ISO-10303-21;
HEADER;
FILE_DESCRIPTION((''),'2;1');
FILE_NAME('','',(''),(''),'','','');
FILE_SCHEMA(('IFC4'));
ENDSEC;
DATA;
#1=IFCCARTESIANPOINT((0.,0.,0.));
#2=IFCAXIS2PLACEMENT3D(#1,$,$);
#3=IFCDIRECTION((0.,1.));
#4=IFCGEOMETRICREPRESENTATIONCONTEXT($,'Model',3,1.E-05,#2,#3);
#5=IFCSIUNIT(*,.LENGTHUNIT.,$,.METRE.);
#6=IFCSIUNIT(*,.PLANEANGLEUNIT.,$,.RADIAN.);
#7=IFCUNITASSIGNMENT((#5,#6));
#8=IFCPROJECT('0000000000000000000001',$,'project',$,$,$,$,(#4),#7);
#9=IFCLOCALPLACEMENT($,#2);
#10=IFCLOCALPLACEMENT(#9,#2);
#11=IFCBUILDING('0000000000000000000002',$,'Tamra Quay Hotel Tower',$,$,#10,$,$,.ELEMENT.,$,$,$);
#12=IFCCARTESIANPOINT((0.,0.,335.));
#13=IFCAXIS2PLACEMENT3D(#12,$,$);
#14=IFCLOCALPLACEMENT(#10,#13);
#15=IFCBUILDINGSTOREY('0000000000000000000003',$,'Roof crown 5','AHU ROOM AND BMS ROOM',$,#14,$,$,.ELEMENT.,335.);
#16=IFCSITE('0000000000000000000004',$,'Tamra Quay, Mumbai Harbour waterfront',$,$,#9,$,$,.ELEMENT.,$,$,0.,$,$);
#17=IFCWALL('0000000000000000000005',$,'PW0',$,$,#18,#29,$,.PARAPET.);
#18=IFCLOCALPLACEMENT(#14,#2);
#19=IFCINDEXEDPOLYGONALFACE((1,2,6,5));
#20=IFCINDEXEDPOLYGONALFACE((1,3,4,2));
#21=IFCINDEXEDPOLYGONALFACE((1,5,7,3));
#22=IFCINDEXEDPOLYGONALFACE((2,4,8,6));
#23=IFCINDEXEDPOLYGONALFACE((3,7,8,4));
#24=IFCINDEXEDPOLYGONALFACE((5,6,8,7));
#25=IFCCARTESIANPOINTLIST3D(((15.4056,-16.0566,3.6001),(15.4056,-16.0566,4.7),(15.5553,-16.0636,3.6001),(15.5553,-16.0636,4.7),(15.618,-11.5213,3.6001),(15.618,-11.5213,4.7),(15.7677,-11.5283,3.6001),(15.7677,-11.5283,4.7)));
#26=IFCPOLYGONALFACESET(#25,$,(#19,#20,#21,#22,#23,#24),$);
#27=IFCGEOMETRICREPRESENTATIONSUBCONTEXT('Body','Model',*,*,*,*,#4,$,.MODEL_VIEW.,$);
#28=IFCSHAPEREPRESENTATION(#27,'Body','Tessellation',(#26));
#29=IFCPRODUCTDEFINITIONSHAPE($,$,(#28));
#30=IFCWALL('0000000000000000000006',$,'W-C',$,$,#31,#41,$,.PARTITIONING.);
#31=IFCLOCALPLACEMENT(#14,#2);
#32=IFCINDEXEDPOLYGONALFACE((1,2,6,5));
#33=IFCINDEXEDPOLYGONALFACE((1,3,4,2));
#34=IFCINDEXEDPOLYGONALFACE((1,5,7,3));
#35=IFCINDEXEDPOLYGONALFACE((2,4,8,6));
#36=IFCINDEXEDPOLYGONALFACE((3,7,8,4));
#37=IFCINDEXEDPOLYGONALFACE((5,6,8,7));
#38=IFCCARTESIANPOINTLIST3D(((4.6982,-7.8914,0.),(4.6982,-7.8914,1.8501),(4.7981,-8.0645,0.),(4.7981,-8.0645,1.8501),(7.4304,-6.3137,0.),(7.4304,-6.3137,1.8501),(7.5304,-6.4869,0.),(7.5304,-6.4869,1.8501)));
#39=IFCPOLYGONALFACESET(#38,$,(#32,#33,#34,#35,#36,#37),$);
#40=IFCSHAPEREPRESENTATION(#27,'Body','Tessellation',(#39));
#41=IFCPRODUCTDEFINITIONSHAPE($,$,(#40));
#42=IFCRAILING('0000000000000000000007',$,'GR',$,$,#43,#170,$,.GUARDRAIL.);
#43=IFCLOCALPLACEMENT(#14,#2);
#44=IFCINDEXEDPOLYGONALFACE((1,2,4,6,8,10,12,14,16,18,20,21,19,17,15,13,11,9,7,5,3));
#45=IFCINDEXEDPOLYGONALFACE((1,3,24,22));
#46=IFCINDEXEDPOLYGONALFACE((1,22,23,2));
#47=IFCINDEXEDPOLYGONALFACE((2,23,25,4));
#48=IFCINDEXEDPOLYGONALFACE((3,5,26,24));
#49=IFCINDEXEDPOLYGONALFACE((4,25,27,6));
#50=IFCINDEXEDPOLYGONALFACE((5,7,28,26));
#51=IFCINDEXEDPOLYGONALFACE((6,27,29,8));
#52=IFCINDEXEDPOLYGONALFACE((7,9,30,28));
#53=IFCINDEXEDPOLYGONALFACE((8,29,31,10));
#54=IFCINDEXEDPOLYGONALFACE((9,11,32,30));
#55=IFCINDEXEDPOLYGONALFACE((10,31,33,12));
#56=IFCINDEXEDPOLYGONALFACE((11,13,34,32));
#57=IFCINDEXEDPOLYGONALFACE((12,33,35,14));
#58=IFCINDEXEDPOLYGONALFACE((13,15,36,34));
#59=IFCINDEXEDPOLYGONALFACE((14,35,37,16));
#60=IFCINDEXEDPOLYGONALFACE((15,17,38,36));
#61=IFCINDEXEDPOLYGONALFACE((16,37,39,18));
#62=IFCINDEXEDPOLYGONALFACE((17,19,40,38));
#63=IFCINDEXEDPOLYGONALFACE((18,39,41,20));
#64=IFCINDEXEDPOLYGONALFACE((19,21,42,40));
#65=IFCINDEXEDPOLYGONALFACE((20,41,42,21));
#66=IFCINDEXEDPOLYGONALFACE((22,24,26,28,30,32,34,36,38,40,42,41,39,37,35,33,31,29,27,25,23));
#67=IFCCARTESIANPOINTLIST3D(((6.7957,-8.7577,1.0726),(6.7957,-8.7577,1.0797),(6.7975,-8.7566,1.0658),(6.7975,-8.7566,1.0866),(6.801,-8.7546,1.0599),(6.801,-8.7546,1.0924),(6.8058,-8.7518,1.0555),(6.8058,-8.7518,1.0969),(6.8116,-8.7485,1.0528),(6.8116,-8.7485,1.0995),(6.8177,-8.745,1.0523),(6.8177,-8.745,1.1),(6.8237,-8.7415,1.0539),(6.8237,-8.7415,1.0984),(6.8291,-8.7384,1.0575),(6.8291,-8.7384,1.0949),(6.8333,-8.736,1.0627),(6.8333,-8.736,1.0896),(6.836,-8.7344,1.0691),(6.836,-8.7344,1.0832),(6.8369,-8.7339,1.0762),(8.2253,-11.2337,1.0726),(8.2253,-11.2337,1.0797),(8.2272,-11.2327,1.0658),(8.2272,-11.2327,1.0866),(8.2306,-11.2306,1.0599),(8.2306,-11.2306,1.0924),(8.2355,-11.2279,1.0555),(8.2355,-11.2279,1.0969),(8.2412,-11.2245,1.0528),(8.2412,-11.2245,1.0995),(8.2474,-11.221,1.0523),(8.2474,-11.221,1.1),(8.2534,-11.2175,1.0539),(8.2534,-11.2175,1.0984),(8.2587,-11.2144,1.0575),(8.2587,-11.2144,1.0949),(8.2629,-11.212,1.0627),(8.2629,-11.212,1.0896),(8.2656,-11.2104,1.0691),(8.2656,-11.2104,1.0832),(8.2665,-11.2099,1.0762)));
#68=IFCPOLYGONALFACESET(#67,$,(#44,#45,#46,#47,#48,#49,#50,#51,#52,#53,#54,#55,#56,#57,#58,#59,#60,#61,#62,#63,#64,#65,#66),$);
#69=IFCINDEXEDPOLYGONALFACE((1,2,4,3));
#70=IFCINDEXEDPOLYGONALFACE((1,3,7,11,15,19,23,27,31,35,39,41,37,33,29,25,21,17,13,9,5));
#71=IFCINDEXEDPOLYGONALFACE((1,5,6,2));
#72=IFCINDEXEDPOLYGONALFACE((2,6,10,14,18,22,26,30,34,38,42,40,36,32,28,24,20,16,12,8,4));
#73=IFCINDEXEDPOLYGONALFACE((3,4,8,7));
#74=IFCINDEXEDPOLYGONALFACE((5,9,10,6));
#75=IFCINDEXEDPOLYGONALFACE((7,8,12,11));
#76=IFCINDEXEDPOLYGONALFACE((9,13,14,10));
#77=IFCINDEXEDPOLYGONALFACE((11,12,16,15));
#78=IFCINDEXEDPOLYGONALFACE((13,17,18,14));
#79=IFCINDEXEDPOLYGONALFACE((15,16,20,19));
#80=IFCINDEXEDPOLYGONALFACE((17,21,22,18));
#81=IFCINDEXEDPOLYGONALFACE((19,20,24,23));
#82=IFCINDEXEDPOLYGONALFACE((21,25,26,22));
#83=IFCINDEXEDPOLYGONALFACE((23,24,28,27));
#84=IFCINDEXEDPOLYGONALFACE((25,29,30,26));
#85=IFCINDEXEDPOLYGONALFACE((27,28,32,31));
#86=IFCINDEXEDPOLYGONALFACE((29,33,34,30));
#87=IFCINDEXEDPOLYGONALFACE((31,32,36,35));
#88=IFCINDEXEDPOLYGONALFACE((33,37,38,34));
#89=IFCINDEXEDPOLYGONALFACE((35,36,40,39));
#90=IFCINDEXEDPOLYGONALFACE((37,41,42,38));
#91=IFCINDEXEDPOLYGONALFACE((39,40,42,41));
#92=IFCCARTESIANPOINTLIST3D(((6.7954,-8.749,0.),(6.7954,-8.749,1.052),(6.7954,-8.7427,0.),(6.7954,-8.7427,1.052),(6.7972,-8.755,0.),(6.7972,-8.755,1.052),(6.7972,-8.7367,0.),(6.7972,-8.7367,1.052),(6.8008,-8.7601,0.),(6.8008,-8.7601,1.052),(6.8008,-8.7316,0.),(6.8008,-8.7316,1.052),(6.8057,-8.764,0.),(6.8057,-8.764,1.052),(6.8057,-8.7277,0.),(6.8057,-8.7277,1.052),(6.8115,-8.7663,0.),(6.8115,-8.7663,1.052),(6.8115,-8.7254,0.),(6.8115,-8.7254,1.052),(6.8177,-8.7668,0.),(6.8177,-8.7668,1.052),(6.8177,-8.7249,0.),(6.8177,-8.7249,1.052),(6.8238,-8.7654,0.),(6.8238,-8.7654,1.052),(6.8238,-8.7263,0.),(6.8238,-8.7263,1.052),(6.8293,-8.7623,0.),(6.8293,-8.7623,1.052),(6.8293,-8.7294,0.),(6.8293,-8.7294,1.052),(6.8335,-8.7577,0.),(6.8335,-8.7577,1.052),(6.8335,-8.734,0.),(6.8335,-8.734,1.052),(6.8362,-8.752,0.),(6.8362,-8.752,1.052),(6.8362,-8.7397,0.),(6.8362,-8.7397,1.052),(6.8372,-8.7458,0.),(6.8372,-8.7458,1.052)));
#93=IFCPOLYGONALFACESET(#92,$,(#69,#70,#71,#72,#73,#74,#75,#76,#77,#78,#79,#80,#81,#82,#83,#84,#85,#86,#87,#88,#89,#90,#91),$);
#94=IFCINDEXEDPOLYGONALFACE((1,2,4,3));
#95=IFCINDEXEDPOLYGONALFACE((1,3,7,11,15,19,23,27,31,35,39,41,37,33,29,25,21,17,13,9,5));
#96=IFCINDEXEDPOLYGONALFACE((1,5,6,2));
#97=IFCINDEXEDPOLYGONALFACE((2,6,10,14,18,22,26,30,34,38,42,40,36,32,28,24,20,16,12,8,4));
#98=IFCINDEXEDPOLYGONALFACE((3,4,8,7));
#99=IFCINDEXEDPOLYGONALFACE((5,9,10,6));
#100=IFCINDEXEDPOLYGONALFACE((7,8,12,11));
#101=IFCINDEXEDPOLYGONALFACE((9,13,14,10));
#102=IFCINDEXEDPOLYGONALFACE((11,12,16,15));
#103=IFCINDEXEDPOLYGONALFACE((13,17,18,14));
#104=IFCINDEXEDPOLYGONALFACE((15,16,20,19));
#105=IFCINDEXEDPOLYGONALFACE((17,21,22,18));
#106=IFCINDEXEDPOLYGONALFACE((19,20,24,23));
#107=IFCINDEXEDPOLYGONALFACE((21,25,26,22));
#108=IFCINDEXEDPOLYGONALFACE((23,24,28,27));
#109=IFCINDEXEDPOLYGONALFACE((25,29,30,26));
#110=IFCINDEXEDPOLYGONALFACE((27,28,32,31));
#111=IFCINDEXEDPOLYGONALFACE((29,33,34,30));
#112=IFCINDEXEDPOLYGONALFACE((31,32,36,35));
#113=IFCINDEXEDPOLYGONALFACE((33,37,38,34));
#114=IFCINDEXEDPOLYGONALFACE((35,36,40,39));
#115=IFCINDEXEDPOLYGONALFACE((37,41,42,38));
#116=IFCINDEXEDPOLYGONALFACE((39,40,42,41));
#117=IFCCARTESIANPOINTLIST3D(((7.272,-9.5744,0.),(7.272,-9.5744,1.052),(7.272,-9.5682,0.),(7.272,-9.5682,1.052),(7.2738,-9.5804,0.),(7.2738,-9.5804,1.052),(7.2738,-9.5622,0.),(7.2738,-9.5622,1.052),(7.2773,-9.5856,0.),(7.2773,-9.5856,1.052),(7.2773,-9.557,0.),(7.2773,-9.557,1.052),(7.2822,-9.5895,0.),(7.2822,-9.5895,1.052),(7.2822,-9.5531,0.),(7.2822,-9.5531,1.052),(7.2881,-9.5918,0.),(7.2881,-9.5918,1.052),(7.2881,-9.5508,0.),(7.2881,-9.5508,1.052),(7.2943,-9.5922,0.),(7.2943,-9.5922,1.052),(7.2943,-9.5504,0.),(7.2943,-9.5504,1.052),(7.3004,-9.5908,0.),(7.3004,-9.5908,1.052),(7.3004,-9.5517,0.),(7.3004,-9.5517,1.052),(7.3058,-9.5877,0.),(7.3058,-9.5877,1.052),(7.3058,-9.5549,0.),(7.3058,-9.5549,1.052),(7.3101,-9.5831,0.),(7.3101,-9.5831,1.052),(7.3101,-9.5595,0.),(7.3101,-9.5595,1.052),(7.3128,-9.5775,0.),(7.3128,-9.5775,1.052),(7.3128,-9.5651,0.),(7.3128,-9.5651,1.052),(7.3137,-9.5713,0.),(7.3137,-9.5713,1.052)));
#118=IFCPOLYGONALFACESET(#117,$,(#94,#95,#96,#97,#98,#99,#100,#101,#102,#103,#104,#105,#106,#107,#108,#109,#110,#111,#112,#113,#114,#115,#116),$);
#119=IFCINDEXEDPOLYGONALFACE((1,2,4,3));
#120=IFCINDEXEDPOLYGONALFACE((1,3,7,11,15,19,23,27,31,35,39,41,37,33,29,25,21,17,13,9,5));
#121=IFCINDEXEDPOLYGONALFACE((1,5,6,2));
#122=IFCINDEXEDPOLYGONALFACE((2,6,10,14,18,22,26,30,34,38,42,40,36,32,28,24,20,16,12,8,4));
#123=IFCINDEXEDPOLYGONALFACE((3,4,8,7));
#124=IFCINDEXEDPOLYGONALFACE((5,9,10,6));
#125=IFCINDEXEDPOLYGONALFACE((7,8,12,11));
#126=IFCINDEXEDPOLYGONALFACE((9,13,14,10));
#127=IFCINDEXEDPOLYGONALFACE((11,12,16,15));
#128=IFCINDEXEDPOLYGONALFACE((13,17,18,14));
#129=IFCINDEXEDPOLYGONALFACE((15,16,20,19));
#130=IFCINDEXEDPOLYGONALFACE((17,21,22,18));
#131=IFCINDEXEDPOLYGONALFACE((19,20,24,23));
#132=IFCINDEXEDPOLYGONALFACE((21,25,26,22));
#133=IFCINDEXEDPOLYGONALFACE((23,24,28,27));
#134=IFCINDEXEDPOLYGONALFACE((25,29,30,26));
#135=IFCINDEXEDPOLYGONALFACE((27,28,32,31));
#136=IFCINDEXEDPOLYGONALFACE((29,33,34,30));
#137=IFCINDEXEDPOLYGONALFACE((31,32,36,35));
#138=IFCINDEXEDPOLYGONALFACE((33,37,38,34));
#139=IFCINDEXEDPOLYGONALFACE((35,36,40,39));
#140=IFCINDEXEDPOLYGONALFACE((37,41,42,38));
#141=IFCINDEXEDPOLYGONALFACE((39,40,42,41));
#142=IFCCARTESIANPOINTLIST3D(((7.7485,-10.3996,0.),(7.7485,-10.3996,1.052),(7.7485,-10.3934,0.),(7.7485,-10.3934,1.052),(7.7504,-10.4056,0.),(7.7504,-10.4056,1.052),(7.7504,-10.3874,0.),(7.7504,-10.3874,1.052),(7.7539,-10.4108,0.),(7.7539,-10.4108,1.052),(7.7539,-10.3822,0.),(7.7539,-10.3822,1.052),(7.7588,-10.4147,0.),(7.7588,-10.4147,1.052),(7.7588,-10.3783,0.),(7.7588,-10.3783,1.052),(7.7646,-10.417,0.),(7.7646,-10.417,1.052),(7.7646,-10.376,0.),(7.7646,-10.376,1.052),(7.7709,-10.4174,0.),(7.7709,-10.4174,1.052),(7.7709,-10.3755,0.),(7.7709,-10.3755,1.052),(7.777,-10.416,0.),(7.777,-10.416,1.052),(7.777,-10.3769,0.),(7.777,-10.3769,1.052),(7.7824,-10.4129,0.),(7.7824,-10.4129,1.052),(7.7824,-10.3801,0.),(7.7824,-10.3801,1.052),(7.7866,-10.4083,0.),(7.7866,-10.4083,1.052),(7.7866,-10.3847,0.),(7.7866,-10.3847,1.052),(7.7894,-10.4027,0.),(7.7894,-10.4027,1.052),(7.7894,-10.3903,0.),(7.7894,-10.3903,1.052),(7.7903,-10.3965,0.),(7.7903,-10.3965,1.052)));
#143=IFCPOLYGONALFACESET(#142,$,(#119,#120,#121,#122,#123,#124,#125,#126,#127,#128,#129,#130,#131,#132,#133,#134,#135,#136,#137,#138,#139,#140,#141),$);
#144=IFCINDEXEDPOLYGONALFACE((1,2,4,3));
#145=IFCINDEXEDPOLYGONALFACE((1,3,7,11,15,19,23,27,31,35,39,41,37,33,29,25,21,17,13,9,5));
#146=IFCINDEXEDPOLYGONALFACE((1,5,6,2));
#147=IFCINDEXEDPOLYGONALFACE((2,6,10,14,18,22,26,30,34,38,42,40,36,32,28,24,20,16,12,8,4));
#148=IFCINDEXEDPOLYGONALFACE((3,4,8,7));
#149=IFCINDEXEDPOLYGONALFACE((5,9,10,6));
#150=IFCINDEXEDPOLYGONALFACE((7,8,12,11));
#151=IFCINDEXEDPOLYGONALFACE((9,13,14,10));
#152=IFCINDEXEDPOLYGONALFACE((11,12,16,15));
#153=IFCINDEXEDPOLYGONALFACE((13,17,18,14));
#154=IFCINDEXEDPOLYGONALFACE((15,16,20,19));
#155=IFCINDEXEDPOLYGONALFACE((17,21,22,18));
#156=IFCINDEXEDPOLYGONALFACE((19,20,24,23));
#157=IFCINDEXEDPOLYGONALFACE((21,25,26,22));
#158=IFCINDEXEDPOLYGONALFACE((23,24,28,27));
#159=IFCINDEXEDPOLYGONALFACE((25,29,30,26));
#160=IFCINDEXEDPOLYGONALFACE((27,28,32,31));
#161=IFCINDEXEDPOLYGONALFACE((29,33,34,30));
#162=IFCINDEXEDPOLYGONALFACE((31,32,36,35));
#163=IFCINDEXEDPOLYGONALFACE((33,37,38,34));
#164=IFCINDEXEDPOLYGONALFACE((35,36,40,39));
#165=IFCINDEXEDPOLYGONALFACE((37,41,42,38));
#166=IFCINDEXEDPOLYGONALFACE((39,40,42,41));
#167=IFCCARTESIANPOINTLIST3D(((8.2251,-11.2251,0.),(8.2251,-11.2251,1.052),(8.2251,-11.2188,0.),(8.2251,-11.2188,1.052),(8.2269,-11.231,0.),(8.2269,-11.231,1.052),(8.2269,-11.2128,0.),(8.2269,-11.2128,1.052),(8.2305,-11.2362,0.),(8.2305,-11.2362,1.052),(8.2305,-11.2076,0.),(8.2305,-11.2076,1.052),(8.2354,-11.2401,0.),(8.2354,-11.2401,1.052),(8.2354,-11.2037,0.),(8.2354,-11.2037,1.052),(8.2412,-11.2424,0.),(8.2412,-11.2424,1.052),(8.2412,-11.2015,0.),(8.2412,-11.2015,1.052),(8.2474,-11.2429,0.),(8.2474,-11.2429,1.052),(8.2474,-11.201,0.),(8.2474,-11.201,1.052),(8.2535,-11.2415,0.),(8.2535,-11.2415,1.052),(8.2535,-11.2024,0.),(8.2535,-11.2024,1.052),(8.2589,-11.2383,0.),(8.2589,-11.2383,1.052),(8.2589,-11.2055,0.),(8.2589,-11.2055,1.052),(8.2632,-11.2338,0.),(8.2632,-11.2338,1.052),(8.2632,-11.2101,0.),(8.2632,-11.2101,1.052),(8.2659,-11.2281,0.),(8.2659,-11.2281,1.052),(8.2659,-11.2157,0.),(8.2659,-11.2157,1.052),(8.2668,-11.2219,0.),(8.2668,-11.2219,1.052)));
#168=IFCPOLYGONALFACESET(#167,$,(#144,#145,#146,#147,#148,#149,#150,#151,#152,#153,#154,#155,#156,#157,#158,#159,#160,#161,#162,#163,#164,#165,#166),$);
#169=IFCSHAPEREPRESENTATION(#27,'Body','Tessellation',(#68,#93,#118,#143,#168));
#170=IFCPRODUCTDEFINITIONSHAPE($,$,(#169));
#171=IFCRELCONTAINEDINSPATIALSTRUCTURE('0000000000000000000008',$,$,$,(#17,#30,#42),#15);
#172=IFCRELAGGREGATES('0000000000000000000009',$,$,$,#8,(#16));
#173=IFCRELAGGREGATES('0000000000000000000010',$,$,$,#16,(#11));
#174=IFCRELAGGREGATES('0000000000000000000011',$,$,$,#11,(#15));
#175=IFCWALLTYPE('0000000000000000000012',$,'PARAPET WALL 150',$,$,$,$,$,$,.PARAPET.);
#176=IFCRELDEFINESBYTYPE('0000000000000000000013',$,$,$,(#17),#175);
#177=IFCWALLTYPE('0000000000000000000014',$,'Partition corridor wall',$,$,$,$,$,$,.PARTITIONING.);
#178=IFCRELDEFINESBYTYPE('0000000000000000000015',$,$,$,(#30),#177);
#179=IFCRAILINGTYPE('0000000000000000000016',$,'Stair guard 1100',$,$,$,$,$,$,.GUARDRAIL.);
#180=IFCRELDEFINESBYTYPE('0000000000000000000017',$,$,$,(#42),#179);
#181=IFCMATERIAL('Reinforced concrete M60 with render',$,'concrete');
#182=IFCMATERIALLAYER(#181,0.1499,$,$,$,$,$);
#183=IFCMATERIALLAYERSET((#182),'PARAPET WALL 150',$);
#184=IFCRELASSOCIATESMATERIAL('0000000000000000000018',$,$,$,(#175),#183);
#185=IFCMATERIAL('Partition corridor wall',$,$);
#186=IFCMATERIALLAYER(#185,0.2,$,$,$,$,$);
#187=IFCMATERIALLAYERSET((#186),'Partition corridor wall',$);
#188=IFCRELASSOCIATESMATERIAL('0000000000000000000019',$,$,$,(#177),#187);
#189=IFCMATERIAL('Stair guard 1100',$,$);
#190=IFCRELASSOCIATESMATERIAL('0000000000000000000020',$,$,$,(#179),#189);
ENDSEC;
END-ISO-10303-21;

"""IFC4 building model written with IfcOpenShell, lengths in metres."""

from ifc_helpers import new_model, si_unit, direction, frame, frame_2d, origin, origin_2d, place, context, subcontext, project, spatial, rectangle, circle, extrude, material, layer, layer_set, type_object, element, save


model = new_model("IFC4")

# Units and contexts
model_context = context("Model", 3, precision=1e-05, world=origin(), true_north=direction((0.0, 1.0)))
body_context = subcontext(model_context, "Body", "Model", "MODEL_VIEW")
ifc_project = project(units=[si_unit("LENGTHUNIT", "METRE"), si_unit("PLANEANGLEUNIT", "RADIAN")], contexts=[model_context])

# Site, building, storey
site_placement = place(None, origin())
site = spatial("IfcSite", under=ifc_project, at=site_placement, Name="Tamra Quay, Mumbai Harbour waterfront", CompositionType="ELEMENT", RefElevation=0.0)
building_placement = place(site_placement, origin())
building = spatial("IfcBuilding", under=site, at=building_placement, Name="Tamra Quay Hotel Tower", CompositionType="ELEMENT")
storey_placement = place(building_placement, frame((0.0, 0.0, 335.0)))
storey = spatial("IfcBuildingStorey", under=building, at=storey_placement, Name="Roof crown 5", Description="AHU ROOM AND BMS ROOM", CompositionType="ELEMENT", Elevation=335.0)

# Walls
ifc_material_1 = material(Name="Reinforced concrete M60 with render", Category="concrete")
ifc_layer_1 = layer(ifc_material_1, 0.1499)
ifc_layer_set_1 = layer_set([ifc_layer_1], Name="PARAPET WALL 150")
wall_type_1 = type_object("IfcWallType", Name="PARAPET WALL 150", PredefinedType="PARAPET", material=ifc_layer_set_1)
wall_1_placement = place(storey_placement, frame((15.6929, -11.5249, 3.6001), z_axis=(0.0, 0.0, 1.0), x_axis=(-0.046781, -0.998905, 0.0)))
element("IfcWall", 1, at=wall_1_placement, inside=storey, type_object=wall_type_1, Name="PW0", PredefinedType="PARAPET", context=body_context, shape_type="SweptSolid", body=[
    extrude(rectangle(XDim=4.5403, YDim=0.1499, at=frame_2d((2.27, 0.0))), origin(), (0.0, 0.0, 1.0), 1.0999),
])
ifc_material_2 = material(Name="Partition corridor wall")
ifc_layer_2 = layer(ifc_material_2, 0.2)
ifc_layer_set_2 = layer_set([ifc_layer_2], Name="Partition corridor wall")
wall_type_2 = type_object("IfcWallType", Name="Partition corridor wall", PredefinedType="PARTITIONING", material=ifc_layer_set_2)
wall_2_placement = place(storey_placement, frame((4.748, -7.978, 0.0), z_axis=(0.0, 0.0, 1.0), x_axis=(0.865996, 0.500051, 0.0)))
element("IfcWall", 2, at=wall_2_placement, inside=storey, type_object=wall_type_2, Name="W-C", PredefinedType="PARTITIONING", context=body_context, shape_type="SweptSolid", body=[
    extrude(rectangle(XDim=3.155, YDim=0.2, at=frame_2d((1.5776, 0.0))), origin(), (0.0, 0.0, 1.0), 1.8501),
])

# Railing
ifc_material_3 = material(Name="Stair guard 1100")
railing_type = type_object("IfcRailingType", Name="Stair guard 1100", PredefinedType="GUARDRAIL", material=ifc_material_3)
railing_placement = place(storey_placement, frame((6.8162, -8.7458, 0.0)))
element("IfcRailing", 3, at=railing_placement, inside=storey, type_object=railing_type, Name="GR", PredefinedType="GUARDRAIL", context=body_context, shape_type="SweptSolid", body=[
    extrude(circle(Radius=0.0239, at=origin_2d()), frame((0.0, 0.0, 1.0762), z_axis=(0.500033, -0.866006, 0.0), x_axis=(0.866006, 0.500033, 0.0)), (0.0, 0.0, 1.0), 2.8591),
    extrude(circle(Radius=0.021, at=origin_2d()), origin(), (0.0, 0.0, 1.0), 1.052),
    extrude(circle(Radius=0.021, at=origin_2d()), frame((0.4766, -0.8254, 0.0)), (0.0, 0.0, 1.0), 1.052),
    extrude(circle(Radius=0.021, at=origin_2d()), frame((0.9531, -1.6506, 0.0)), (0.0, 0.0, 1.0), 1.052),
    extrude(circle(Radius=0.021, at=origin_2d()), frame((1.4297, -2.4761, 0.0)), (0.0, 0.0, 1.0), 1.052),
])

save(model, "model.ifc")
